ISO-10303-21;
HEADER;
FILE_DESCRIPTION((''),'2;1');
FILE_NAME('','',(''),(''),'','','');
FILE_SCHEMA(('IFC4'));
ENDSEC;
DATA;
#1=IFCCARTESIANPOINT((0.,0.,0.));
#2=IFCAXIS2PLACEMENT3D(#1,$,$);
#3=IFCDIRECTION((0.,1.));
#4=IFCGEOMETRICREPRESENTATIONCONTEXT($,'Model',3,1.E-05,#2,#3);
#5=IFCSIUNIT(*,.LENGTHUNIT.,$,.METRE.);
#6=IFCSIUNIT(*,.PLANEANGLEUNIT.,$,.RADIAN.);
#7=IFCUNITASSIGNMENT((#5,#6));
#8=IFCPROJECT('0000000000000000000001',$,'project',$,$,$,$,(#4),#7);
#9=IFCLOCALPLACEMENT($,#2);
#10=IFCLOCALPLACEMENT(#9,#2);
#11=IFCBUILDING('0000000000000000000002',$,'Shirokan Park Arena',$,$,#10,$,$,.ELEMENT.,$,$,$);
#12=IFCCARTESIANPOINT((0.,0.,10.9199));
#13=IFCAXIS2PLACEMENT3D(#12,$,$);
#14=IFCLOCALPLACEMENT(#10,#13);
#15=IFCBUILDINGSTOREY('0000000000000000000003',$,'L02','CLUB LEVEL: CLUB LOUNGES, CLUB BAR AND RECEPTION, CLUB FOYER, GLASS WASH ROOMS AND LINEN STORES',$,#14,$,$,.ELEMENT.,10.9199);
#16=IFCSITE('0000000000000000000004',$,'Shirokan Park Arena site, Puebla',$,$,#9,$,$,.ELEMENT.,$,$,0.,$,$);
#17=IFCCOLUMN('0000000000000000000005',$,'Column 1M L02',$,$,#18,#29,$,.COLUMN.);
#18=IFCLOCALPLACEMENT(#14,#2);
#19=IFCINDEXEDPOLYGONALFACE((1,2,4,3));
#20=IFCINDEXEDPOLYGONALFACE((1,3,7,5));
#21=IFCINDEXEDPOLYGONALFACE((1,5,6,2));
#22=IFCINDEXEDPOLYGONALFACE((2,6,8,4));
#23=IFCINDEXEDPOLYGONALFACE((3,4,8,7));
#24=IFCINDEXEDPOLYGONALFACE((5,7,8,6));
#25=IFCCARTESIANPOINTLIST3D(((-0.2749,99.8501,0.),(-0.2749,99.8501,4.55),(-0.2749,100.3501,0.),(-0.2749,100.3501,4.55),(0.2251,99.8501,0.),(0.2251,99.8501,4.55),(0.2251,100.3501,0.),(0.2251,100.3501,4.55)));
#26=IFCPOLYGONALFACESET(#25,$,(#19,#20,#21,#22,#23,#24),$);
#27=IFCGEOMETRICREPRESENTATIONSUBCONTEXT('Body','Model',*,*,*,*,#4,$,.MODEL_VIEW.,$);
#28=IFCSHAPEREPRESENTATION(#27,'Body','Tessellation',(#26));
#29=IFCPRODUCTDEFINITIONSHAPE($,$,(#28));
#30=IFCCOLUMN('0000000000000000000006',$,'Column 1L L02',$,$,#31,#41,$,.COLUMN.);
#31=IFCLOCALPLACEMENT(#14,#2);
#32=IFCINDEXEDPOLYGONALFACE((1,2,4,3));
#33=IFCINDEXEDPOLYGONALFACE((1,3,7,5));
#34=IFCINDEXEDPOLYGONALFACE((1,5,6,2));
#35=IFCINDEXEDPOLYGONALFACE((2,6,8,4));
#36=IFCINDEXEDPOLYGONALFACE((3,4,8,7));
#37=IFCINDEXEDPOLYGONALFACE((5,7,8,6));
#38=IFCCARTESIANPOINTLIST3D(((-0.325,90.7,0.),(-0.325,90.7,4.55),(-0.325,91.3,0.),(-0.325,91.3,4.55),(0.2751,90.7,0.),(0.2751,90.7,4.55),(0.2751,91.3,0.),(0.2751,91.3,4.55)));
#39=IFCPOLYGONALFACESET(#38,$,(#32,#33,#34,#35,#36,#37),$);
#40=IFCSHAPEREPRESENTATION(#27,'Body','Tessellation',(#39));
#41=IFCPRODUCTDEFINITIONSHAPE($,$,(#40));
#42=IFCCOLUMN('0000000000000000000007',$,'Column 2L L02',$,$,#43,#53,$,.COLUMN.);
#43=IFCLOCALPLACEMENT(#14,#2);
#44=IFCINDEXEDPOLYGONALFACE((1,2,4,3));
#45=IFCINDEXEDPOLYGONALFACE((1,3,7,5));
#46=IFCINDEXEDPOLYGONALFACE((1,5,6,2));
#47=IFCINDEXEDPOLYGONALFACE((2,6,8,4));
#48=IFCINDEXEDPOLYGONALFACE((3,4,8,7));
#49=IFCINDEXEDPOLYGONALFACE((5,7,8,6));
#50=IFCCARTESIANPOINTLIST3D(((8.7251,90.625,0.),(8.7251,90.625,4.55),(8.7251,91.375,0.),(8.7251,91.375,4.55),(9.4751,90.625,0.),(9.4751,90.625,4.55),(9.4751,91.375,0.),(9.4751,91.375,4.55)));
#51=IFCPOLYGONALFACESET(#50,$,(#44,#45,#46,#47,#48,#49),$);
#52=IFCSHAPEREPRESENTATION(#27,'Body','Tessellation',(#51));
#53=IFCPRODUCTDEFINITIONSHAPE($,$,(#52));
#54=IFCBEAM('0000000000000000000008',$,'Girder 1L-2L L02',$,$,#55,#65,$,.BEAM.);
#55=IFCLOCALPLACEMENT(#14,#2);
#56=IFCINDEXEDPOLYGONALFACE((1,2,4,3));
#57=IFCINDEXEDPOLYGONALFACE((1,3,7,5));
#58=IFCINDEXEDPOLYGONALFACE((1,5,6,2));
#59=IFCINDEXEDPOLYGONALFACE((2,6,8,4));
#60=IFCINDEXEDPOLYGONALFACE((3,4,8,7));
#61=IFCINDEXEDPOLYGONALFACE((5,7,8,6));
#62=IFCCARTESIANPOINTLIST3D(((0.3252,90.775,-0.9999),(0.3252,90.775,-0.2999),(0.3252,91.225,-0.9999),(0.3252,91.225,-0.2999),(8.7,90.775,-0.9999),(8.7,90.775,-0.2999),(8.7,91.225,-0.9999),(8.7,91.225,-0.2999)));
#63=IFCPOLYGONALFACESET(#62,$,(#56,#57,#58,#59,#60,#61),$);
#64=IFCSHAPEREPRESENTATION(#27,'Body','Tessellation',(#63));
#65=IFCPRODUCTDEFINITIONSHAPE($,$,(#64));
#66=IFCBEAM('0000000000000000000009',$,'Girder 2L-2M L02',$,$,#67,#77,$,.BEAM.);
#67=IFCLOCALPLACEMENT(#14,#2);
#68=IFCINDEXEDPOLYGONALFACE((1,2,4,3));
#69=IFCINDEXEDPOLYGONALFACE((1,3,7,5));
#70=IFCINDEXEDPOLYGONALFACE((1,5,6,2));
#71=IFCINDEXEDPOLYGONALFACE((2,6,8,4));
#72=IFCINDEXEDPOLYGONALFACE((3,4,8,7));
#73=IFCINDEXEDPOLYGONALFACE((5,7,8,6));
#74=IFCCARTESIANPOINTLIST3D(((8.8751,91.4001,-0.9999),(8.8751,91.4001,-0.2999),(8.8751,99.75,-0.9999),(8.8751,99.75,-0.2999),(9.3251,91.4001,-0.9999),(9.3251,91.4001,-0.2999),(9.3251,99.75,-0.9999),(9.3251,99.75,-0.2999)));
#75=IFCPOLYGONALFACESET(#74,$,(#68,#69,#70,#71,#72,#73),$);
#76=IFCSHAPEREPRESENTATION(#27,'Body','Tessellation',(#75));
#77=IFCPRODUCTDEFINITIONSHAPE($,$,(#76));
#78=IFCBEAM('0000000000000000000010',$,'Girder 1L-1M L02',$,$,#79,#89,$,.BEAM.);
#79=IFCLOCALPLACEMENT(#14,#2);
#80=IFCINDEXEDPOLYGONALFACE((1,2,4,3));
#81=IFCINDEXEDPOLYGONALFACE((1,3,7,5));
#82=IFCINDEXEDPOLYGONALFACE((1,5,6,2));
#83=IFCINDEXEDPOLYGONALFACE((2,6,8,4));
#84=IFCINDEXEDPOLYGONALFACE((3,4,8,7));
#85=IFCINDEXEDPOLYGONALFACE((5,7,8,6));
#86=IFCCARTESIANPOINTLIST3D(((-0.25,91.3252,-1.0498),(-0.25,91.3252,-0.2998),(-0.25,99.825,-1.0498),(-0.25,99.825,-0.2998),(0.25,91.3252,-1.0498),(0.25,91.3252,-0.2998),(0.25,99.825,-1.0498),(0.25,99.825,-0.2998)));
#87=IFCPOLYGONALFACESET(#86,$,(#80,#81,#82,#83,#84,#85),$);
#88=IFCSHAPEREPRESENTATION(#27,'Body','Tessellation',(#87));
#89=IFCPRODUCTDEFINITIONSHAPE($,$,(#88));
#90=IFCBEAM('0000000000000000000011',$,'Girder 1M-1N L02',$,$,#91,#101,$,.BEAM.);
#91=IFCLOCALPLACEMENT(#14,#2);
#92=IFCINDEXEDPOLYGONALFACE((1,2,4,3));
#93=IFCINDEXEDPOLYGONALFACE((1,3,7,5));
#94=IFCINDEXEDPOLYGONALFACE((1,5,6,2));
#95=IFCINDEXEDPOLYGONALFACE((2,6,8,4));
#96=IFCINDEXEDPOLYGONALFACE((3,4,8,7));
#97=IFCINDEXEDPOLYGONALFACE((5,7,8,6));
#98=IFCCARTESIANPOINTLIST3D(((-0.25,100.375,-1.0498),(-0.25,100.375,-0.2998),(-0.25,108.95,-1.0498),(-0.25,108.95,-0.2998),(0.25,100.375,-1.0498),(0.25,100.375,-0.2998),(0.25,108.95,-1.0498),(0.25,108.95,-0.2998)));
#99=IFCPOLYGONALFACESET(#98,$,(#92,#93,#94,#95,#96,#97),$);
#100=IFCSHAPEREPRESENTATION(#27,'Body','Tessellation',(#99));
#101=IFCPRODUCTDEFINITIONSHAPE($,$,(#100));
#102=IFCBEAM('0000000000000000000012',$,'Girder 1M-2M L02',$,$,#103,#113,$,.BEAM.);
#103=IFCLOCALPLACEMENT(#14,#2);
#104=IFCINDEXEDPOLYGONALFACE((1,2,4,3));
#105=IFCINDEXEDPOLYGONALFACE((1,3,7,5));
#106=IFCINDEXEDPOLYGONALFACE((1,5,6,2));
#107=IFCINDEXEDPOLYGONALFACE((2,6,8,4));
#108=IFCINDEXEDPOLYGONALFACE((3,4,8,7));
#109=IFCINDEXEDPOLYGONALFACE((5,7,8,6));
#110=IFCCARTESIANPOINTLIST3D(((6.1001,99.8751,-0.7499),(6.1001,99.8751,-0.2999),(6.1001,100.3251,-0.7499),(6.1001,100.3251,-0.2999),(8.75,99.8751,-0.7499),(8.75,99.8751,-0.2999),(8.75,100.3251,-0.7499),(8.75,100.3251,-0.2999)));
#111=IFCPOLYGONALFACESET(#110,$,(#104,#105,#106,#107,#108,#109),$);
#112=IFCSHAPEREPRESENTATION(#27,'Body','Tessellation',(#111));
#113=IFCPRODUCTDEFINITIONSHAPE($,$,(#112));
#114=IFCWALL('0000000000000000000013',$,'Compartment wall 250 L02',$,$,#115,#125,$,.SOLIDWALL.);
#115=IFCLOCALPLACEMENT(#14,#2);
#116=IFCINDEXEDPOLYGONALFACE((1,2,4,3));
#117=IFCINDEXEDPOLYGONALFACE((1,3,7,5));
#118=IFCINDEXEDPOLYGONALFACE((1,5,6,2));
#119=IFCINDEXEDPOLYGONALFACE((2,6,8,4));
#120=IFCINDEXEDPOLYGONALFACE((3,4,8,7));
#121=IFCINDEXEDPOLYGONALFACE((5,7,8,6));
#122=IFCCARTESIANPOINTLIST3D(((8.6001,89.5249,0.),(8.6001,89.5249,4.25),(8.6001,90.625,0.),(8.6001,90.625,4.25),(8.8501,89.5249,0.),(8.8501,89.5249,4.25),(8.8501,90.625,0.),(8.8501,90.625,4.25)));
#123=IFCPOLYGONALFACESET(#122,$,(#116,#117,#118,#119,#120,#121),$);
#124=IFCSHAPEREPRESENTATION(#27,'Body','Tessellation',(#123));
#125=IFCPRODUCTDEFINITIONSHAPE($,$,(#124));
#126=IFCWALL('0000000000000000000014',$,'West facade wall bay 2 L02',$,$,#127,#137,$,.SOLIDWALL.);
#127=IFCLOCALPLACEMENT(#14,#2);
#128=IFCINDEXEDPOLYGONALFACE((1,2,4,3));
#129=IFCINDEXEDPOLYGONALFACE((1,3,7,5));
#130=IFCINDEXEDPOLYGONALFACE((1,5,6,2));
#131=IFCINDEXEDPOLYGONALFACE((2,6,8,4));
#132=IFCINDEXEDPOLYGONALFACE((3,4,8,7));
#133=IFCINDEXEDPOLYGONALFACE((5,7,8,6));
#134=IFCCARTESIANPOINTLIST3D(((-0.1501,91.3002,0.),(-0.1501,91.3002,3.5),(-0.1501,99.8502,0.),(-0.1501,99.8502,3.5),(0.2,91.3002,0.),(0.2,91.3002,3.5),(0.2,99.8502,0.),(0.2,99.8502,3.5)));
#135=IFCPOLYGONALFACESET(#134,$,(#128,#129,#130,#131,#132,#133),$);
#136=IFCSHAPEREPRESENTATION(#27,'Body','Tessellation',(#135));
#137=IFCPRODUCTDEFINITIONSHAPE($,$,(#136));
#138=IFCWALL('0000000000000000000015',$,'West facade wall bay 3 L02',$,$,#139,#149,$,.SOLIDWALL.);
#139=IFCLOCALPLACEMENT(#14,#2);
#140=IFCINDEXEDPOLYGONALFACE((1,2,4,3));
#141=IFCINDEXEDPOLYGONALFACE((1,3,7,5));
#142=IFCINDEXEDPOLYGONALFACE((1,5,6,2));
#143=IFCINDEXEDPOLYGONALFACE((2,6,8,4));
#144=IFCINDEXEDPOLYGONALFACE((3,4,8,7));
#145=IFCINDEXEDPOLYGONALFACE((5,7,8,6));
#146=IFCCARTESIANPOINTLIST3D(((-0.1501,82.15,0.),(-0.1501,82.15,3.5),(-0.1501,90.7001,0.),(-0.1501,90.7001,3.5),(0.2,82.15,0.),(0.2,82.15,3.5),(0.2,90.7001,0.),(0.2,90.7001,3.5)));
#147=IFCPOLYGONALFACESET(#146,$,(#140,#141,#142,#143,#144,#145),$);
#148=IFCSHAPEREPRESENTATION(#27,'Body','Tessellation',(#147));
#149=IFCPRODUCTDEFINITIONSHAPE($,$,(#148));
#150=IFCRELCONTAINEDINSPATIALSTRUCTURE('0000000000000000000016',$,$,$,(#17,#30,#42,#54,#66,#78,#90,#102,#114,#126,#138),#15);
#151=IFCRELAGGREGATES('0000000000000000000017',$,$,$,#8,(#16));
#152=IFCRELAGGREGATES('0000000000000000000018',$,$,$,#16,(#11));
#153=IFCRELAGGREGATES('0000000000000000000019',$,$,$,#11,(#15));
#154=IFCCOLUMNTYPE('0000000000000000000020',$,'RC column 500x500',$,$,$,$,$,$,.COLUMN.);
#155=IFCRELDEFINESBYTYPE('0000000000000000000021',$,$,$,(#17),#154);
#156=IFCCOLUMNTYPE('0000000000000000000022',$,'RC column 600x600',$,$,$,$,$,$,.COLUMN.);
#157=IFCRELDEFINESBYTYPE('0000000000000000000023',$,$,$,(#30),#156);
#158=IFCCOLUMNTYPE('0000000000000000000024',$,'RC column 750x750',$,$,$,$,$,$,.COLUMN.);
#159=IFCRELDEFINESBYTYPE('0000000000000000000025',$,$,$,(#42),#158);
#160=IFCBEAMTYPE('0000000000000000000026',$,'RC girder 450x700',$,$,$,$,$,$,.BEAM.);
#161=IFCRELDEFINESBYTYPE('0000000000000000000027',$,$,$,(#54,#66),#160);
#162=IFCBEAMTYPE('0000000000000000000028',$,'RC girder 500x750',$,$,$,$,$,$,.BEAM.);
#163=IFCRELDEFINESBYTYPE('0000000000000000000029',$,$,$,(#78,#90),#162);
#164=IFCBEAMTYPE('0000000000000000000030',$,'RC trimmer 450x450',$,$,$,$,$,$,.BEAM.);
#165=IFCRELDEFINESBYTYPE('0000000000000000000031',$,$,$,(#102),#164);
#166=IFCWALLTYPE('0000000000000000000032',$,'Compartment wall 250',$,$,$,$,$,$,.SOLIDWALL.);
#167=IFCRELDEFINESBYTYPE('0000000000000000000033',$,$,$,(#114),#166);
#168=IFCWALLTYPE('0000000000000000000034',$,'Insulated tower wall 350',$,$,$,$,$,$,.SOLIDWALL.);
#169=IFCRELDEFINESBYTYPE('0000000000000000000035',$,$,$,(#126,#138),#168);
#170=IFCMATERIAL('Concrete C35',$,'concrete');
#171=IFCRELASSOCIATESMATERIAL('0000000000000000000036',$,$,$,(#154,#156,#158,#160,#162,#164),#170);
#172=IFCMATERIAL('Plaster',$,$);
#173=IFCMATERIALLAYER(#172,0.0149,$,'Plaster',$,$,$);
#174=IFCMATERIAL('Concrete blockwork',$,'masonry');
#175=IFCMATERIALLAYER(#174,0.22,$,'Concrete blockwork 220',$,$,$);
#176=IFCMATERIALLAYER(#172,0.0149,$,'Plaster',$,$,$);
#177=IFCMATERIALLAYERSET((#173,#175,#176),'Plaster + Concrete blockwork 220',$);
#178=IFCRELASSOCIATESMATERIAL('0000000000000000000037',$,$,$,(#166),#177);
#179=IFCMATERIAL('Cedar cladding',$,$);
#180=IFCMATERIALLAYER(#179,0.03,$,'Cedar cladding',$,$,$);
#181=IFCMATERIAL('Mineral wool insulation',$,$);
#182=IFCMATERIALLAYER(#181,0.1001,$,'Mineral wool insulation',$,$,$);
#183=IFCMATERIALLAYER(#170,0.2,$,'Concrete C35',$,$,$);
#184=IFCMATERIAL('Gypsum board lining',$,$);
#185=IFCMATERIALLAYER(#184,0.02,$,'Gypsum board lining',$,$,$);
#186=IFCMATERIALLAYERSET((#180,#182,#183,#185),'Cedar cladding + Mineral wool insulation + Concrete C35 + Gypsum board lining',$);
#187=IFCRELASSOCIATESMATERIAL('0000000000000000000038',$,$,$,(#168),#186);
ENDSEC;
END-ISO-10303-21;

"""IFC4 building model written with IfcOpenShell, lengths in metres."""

from ifc_helpers import new_model, si_unit, direction, frame, frame_2d, origin, origin_2d, place, context, subcontext, project, spatial, rectangle, extrude, material, layer, layer_set, material_profile, profile_set, type_object, element, save


model = new_model("IFC4")

# Units and contexts
model_context = context("Model", 3, precision=1e-05, world=origin(), true_north=direction((0.0, 1.0)))
body_context = subcontext(model_context, "Body", "Model", "MODEL_VIEW")
ifc_project = project(units=[si_unit("LENGTHUNIT", "METRE"), si_unit("PLANEANGLEUNIT", "RADIAN")], contexts=[model_context])

# Site, building, storey
site_placement = place(None, origin())
site = spatial("IfcSite", under=ifc_project, at=site_placement, Name="Shirokan Park Arena site, Puebla", CompositionType="ELEMENT", RefElevation=0.0)
building_placement = place(site_placement, origin())
building = spatial("IfcBuilding", under=site, at=building_placement, Name="Shirokan Park Arena", CompositionType="ELEMENT")
storey_placement = place(building_placement, frame((0.0, 0.0, 10.9199)))
storey = spatial("IfcBuildingStorey", under=building, at=storey_placement, Name="L02", Description="CLUB LEVEL: CLUB LOUNGES, CLUB BAR AND RECEPTION, CLUB FOYER, GLASS WASH ROOMS AND LINEN STORES", CompositionType="ELEMENT", Elevation=10.9199)

# Columns
ifc_material_1 = material(Name="Concrete C35", Category="concrete")
ifc_material_profile_1 = material_profile(ifc_material_1, rectangle(XDim=0.5, YDim=0.5, at=origin_2d()), Name="500x500")
ifc_profile_set_1 = profile_set([ifc_material_profile_1], Name="Concrete C35")
column_type_1 = type_object("IfcColumnType", Name="RC column 500x500", PredefinedType="COLUMN", material=ifc_profile_set_1)
column_1_placement = place(storey_placement, frame((-0.0249, 100.1001, 0.0), z_axis=(0.0, 0.0, 1.0), x_axis=(1.0, 0.0, 0.0)))
element("IfcColumn", 1, at=column_1_placement, inside=storey, type_object=column_type_1, Name="Column 1M L02", PredefinedType="COLUMN", context=body_context, shape_type="SweptSolid", body=[
    extrude(rectangle(XDim=0.5, YDim=0.5, at=origin_2d()), origin(), (0.0, 0.0, 1.0), 4.55),
])
ifc_material_profile_2 = material_profile(ifc_material_1, rectangle(XDim=0.6001, YDim=0.6001, at=origin_2d()), Name="600x600")
ifc_profile_set_2 = profile_set([ifc_material_profile_2], Name="Concrete C35")
column_type_2 = type_object("IfcColumnType", Name="RC column 600x600", PredefinedType="COLUMN", material=ifc_profile_set_2)
column_2_placement = place(storey_placement, frame((-0.0249, 91.0, 0.0), z_axis=(0.0, 0.0, 1.0), x_axis=(1.0, 0.0, 0.0)))
element("IfcColumn", 2, at=column_2_placement, inside=storey, type_object=column_type_2, Name="Column 1L L02", PredefinedType="COLUMN", context=body_context, shape_type="SweptSolid", body=[
    extrude(rectangle(XDim=0.6001, YDim=0.6001, at=origin_2d()), origin(), (0.0, 0.0, 1.0), 4.55),
])
ifc_material_profile_3 = material_profile(ifc_material_1, rectangle(XDim=0.75, YDim=0.75, at=origin_2d()), Name="750x750")
ifc_profile_set_3 = profile_set([ifc_material_profile_3], Name="Concrete C35")
column_type_3 = type_object("IfcColumnType", Name="RC column 750x750", PredefinedType="COLUMN", material=ifc_profile_set_3)
column_3_placement = place(storey_placement, frame((9.1001, 91.0, 0.0), z_axis=(0.0, 0.0, 1.0), x_axis=(1.0, 0.0, 0.0)))
element("IfcColumn", 3, at=column_3_placement, inside=storey, type_object=column_type_3, Name="Column 2L L02", PredefinedType="COLUMN", context=body_context, shape_type="SweptSolid", body=[
    extrude(rectangle(XDim=0.75, YDim=0.75, at=origin_2d()), origin(), (0.0, 0.0, 1.0), 4.55),
])

# Beams
ifc_material_profile_4 = material_profile(ifc_material_1, rectangle(XDim=0.45, YDim=0.7, at=origin_2d()), Name="450x700")
ifc_profile_set_4 = profile_set([ifc_material_profile_4], Name="Concrete C35")
beam_type_1 = type_object("IfcBeamType", Name="RC girder 450x700", PredefinedType="BEAM", material=ifc_profile_set_4)
beam_1_placement = place(storey_placement, frame((0.3252, 91.0, -0.6499), z_axis=(1.0, 0.0, 0.0), x_axis=(0.0, 1.0, 0.0)))
element("IfcBeam", 4, at=beam_1_placement, inside=storey, type_object=beam_type_1, Name="Girder 1L-2L L02", PredefinedType="BEAM", context=body_context, shape_type="SweptSolid", body=[
    extrude(rectangle(XDim=0.45, YDim=0.7, at=origin_2d()), origin(), (0.0, 0.0, 1.0), 8.3748),
])
beam_2_placement = place(storey_placement, frame((9.1001, 91.4001, -0.6499), z_axis=(0.0, 1.0, 0.0), x_axis=(-1.0, 0.0, 0.0)))
element("IfcBeam", 5, at=beam_2_placement, inside=storey, type_object=beam_type_1, Name="Girder 2L-2M L02", PredefinedType="BEAM", context=body_context, shape_type="SweptSolid", body=[
    extrude(rectangle(XDim=0.45, YDim=0.7, at=origin_2d()), origin(), (0.0, 0.0, 1.0), 8.3499),
])
ifc_material_profile_5 = material_profile(ifc_material_1, rectangle(XDim=0.5, YDim=0.75, at=origin_2d()), Name="500x750")
ifc_profile_set_5 = profile_set([ifc_material_profile_5], Name="Concrete C35")
beam_type_2 = type_object("IfcBeamType", Name="RC girder 500x750", PredefinedType="BEAM", material=ifc_profile_set_5)
beam_3_placement = place(storey_placement, frame((0.0, 91.3252, -0.6748), z_axis=(0.0, 1.0, 0.0), x_axis=(-1.0, 0.0, 0.0)))
element("IfcBeam", 6, at=beam_3_placement, inside=storey, type_object=beam_type_2, Name="Girder 1L-1M L02", PredefinedType="BEAM", context=body_context, shape_type="SweptSolid", body=[
    extrude(rectangle(XDim=0.5, YDim=0.75, at=origin_2d()), origin(), (0.0, 0.0, 1.0), 8.4998),
])
beam_4_placement = place(storey_placement, frame((0.0, 100.375, -0.6748), z_axis=(0.0, 1.0, 0.0), x_axis=(-1.0, 0.0, 0.0)))
element("IfcBeam", 7, at=beam_4_placement, inside=storey, type_object=beam_type_2, Name="Girder 1M-1N L02", PredefinedType="BEAM", context=body_context, shape_type="SweptSolid", body=[
    extrude(rectangle(XDim=0.5, YDim=0.75, at=origin_2d()), origin(), (0.0, 0.0, 1.0), 8.575),
])
ifc_material_profile_6 = material_profile(ifc_material_1, rectangle(XDim=0.45, YDim=0.45, at=origin_2d()), Name="450x450")
ifc_profile_set_6 = profile_set([ifc_material_profile_6], Name="Concrete C35")
beam_type_3 = type_object("IfcBeamType", Name="RC trimmer 450x450", PredefinedType="BEAM", material=ifc_profile_set_6)
beam_5_placement = place(storey_placement, frame((6.1001, 100.1001, -0.5249), z_axis=(1.0, 0.0, 0.0), x_axis=(0.0, 1.0, 0.0)))
element("IfcBeam", 8, at=beam_5_placement, inside=storey, type_object=beam_type_3, Name="Girder 1M-2M L02", PredefinedType="BEAM", context=body_context, shape_type="SweptSolid", body=[
    extrude(rectangle(XDim=0.45, YDim=0.45, at=origin_2d()), origin(), (0.0, 0.0, 1.0), 2.6499),
])

# Walls
ifc_material_2 = material(Name="Plaster")
ifc_layer_1 = layer(ifc_material_2, 0.0149, Name="Plaster")
ifc_material_3 = material(Name="Concrete blockwork", Category="masonry")
ifc_layer_2 = layer(ifc_material_3, 0.22, Name="Concrete blockwork 220")
ifc_layer_3 = layer(ifc_material_2, 0.0149, Name="Plaster")
ifc_layer_set_1 = layer_set([ifc_layer_1, ifc_layer_2, ifc_layer_3], Name="Plaster + Concrete blockwork 220")
wall_type_1 = type_object("IfcWallType", Name="Compartment wall 250", PredefinedType="SOLIDWALL", material=ifc_layer_set_1)
wall_1_placement = place(storey_placement, frame((8.7251, 90.625, 0.0), z_axis=(0.0, 0.0, 1.0), x_axis=(0.0, -1.0, 0.0)))
element("IfcWall", 9, at=wall_1_placement, inside=storey, type_object=wall_type_1, Name="Compartment wall 250 L02", PredefinedType="SOLIDWALL", context=body_context, shape_type="SweptSolid", body=[
    extrude(rectangle(XDim=1.1001, YDim=0.25, at=frame_2d((0.55, 0.0))), origin(), (0.0, 0.0, 1.0), 4.25),
])
ifc_material_4 = material(Name="Cedar cladding")
ifc_layer_4 = layer(ifc_material_4, 0.03, Name="Cedar cladding")
ifc_material_5 = material(Name="Mineral wool insulation")
ifc_layer_5 = layer(ifc_material_5, 0.1001, Name="Mineral wool insulation")
ifc_layer_6 = layer(ifc_material_1, 0.2, Name="Concrete C35")
ifc_material_6 = material(Name="Gypsum board lining")
ifc_layer_7 = layer(ifc_material_6, 0.02, Name="Gypsum board lining")
ifc_layer_set_2 = layer_set([ifc_layer_4, ifc_layer_5, ifc_layer_6, ifc_layer_7], Name="Cedar cladding + Mineral wool insulation + Concrete C35 + Gypsum board lining")
wall_type_2 = type_object("IfcWallType", Name="Insulated tower wall 350", PredefinedType="SOLIDWALL", material=ifc_layer_set_2)
for number, where, z_axis, x_axis, name in (
    (10, (0.0249, 99.8501, 0.0), (0.0, 0.0, 1.0), (0.0, -1.0, 0.0), "West facade wall bay 2 L02"),
    (11, (0.0249, 90.7, 0.0), (0.0, 0.0, 1.0), (0.0, -1.0, 0.0), "West facade wall bay 3 L02"),
):
    element("IfcWall", number, at=place(storey_placement, frame(where, z_axis=z_axis, x_axis=x_axis)), inside=storey, type_object=wall_type_2, Name=name, PredefinedType="SOLIDWALL", context=body_context, shape_type="SweptSolid", body=[
        extrude(rectangle(XDim=8.55, YDim=0.3501, at=frame_2d((4.2749, 0.0))), origin(), (0.0, 0.0, 1.0), 3.5),
    ])

save(model, "model.ifc")
